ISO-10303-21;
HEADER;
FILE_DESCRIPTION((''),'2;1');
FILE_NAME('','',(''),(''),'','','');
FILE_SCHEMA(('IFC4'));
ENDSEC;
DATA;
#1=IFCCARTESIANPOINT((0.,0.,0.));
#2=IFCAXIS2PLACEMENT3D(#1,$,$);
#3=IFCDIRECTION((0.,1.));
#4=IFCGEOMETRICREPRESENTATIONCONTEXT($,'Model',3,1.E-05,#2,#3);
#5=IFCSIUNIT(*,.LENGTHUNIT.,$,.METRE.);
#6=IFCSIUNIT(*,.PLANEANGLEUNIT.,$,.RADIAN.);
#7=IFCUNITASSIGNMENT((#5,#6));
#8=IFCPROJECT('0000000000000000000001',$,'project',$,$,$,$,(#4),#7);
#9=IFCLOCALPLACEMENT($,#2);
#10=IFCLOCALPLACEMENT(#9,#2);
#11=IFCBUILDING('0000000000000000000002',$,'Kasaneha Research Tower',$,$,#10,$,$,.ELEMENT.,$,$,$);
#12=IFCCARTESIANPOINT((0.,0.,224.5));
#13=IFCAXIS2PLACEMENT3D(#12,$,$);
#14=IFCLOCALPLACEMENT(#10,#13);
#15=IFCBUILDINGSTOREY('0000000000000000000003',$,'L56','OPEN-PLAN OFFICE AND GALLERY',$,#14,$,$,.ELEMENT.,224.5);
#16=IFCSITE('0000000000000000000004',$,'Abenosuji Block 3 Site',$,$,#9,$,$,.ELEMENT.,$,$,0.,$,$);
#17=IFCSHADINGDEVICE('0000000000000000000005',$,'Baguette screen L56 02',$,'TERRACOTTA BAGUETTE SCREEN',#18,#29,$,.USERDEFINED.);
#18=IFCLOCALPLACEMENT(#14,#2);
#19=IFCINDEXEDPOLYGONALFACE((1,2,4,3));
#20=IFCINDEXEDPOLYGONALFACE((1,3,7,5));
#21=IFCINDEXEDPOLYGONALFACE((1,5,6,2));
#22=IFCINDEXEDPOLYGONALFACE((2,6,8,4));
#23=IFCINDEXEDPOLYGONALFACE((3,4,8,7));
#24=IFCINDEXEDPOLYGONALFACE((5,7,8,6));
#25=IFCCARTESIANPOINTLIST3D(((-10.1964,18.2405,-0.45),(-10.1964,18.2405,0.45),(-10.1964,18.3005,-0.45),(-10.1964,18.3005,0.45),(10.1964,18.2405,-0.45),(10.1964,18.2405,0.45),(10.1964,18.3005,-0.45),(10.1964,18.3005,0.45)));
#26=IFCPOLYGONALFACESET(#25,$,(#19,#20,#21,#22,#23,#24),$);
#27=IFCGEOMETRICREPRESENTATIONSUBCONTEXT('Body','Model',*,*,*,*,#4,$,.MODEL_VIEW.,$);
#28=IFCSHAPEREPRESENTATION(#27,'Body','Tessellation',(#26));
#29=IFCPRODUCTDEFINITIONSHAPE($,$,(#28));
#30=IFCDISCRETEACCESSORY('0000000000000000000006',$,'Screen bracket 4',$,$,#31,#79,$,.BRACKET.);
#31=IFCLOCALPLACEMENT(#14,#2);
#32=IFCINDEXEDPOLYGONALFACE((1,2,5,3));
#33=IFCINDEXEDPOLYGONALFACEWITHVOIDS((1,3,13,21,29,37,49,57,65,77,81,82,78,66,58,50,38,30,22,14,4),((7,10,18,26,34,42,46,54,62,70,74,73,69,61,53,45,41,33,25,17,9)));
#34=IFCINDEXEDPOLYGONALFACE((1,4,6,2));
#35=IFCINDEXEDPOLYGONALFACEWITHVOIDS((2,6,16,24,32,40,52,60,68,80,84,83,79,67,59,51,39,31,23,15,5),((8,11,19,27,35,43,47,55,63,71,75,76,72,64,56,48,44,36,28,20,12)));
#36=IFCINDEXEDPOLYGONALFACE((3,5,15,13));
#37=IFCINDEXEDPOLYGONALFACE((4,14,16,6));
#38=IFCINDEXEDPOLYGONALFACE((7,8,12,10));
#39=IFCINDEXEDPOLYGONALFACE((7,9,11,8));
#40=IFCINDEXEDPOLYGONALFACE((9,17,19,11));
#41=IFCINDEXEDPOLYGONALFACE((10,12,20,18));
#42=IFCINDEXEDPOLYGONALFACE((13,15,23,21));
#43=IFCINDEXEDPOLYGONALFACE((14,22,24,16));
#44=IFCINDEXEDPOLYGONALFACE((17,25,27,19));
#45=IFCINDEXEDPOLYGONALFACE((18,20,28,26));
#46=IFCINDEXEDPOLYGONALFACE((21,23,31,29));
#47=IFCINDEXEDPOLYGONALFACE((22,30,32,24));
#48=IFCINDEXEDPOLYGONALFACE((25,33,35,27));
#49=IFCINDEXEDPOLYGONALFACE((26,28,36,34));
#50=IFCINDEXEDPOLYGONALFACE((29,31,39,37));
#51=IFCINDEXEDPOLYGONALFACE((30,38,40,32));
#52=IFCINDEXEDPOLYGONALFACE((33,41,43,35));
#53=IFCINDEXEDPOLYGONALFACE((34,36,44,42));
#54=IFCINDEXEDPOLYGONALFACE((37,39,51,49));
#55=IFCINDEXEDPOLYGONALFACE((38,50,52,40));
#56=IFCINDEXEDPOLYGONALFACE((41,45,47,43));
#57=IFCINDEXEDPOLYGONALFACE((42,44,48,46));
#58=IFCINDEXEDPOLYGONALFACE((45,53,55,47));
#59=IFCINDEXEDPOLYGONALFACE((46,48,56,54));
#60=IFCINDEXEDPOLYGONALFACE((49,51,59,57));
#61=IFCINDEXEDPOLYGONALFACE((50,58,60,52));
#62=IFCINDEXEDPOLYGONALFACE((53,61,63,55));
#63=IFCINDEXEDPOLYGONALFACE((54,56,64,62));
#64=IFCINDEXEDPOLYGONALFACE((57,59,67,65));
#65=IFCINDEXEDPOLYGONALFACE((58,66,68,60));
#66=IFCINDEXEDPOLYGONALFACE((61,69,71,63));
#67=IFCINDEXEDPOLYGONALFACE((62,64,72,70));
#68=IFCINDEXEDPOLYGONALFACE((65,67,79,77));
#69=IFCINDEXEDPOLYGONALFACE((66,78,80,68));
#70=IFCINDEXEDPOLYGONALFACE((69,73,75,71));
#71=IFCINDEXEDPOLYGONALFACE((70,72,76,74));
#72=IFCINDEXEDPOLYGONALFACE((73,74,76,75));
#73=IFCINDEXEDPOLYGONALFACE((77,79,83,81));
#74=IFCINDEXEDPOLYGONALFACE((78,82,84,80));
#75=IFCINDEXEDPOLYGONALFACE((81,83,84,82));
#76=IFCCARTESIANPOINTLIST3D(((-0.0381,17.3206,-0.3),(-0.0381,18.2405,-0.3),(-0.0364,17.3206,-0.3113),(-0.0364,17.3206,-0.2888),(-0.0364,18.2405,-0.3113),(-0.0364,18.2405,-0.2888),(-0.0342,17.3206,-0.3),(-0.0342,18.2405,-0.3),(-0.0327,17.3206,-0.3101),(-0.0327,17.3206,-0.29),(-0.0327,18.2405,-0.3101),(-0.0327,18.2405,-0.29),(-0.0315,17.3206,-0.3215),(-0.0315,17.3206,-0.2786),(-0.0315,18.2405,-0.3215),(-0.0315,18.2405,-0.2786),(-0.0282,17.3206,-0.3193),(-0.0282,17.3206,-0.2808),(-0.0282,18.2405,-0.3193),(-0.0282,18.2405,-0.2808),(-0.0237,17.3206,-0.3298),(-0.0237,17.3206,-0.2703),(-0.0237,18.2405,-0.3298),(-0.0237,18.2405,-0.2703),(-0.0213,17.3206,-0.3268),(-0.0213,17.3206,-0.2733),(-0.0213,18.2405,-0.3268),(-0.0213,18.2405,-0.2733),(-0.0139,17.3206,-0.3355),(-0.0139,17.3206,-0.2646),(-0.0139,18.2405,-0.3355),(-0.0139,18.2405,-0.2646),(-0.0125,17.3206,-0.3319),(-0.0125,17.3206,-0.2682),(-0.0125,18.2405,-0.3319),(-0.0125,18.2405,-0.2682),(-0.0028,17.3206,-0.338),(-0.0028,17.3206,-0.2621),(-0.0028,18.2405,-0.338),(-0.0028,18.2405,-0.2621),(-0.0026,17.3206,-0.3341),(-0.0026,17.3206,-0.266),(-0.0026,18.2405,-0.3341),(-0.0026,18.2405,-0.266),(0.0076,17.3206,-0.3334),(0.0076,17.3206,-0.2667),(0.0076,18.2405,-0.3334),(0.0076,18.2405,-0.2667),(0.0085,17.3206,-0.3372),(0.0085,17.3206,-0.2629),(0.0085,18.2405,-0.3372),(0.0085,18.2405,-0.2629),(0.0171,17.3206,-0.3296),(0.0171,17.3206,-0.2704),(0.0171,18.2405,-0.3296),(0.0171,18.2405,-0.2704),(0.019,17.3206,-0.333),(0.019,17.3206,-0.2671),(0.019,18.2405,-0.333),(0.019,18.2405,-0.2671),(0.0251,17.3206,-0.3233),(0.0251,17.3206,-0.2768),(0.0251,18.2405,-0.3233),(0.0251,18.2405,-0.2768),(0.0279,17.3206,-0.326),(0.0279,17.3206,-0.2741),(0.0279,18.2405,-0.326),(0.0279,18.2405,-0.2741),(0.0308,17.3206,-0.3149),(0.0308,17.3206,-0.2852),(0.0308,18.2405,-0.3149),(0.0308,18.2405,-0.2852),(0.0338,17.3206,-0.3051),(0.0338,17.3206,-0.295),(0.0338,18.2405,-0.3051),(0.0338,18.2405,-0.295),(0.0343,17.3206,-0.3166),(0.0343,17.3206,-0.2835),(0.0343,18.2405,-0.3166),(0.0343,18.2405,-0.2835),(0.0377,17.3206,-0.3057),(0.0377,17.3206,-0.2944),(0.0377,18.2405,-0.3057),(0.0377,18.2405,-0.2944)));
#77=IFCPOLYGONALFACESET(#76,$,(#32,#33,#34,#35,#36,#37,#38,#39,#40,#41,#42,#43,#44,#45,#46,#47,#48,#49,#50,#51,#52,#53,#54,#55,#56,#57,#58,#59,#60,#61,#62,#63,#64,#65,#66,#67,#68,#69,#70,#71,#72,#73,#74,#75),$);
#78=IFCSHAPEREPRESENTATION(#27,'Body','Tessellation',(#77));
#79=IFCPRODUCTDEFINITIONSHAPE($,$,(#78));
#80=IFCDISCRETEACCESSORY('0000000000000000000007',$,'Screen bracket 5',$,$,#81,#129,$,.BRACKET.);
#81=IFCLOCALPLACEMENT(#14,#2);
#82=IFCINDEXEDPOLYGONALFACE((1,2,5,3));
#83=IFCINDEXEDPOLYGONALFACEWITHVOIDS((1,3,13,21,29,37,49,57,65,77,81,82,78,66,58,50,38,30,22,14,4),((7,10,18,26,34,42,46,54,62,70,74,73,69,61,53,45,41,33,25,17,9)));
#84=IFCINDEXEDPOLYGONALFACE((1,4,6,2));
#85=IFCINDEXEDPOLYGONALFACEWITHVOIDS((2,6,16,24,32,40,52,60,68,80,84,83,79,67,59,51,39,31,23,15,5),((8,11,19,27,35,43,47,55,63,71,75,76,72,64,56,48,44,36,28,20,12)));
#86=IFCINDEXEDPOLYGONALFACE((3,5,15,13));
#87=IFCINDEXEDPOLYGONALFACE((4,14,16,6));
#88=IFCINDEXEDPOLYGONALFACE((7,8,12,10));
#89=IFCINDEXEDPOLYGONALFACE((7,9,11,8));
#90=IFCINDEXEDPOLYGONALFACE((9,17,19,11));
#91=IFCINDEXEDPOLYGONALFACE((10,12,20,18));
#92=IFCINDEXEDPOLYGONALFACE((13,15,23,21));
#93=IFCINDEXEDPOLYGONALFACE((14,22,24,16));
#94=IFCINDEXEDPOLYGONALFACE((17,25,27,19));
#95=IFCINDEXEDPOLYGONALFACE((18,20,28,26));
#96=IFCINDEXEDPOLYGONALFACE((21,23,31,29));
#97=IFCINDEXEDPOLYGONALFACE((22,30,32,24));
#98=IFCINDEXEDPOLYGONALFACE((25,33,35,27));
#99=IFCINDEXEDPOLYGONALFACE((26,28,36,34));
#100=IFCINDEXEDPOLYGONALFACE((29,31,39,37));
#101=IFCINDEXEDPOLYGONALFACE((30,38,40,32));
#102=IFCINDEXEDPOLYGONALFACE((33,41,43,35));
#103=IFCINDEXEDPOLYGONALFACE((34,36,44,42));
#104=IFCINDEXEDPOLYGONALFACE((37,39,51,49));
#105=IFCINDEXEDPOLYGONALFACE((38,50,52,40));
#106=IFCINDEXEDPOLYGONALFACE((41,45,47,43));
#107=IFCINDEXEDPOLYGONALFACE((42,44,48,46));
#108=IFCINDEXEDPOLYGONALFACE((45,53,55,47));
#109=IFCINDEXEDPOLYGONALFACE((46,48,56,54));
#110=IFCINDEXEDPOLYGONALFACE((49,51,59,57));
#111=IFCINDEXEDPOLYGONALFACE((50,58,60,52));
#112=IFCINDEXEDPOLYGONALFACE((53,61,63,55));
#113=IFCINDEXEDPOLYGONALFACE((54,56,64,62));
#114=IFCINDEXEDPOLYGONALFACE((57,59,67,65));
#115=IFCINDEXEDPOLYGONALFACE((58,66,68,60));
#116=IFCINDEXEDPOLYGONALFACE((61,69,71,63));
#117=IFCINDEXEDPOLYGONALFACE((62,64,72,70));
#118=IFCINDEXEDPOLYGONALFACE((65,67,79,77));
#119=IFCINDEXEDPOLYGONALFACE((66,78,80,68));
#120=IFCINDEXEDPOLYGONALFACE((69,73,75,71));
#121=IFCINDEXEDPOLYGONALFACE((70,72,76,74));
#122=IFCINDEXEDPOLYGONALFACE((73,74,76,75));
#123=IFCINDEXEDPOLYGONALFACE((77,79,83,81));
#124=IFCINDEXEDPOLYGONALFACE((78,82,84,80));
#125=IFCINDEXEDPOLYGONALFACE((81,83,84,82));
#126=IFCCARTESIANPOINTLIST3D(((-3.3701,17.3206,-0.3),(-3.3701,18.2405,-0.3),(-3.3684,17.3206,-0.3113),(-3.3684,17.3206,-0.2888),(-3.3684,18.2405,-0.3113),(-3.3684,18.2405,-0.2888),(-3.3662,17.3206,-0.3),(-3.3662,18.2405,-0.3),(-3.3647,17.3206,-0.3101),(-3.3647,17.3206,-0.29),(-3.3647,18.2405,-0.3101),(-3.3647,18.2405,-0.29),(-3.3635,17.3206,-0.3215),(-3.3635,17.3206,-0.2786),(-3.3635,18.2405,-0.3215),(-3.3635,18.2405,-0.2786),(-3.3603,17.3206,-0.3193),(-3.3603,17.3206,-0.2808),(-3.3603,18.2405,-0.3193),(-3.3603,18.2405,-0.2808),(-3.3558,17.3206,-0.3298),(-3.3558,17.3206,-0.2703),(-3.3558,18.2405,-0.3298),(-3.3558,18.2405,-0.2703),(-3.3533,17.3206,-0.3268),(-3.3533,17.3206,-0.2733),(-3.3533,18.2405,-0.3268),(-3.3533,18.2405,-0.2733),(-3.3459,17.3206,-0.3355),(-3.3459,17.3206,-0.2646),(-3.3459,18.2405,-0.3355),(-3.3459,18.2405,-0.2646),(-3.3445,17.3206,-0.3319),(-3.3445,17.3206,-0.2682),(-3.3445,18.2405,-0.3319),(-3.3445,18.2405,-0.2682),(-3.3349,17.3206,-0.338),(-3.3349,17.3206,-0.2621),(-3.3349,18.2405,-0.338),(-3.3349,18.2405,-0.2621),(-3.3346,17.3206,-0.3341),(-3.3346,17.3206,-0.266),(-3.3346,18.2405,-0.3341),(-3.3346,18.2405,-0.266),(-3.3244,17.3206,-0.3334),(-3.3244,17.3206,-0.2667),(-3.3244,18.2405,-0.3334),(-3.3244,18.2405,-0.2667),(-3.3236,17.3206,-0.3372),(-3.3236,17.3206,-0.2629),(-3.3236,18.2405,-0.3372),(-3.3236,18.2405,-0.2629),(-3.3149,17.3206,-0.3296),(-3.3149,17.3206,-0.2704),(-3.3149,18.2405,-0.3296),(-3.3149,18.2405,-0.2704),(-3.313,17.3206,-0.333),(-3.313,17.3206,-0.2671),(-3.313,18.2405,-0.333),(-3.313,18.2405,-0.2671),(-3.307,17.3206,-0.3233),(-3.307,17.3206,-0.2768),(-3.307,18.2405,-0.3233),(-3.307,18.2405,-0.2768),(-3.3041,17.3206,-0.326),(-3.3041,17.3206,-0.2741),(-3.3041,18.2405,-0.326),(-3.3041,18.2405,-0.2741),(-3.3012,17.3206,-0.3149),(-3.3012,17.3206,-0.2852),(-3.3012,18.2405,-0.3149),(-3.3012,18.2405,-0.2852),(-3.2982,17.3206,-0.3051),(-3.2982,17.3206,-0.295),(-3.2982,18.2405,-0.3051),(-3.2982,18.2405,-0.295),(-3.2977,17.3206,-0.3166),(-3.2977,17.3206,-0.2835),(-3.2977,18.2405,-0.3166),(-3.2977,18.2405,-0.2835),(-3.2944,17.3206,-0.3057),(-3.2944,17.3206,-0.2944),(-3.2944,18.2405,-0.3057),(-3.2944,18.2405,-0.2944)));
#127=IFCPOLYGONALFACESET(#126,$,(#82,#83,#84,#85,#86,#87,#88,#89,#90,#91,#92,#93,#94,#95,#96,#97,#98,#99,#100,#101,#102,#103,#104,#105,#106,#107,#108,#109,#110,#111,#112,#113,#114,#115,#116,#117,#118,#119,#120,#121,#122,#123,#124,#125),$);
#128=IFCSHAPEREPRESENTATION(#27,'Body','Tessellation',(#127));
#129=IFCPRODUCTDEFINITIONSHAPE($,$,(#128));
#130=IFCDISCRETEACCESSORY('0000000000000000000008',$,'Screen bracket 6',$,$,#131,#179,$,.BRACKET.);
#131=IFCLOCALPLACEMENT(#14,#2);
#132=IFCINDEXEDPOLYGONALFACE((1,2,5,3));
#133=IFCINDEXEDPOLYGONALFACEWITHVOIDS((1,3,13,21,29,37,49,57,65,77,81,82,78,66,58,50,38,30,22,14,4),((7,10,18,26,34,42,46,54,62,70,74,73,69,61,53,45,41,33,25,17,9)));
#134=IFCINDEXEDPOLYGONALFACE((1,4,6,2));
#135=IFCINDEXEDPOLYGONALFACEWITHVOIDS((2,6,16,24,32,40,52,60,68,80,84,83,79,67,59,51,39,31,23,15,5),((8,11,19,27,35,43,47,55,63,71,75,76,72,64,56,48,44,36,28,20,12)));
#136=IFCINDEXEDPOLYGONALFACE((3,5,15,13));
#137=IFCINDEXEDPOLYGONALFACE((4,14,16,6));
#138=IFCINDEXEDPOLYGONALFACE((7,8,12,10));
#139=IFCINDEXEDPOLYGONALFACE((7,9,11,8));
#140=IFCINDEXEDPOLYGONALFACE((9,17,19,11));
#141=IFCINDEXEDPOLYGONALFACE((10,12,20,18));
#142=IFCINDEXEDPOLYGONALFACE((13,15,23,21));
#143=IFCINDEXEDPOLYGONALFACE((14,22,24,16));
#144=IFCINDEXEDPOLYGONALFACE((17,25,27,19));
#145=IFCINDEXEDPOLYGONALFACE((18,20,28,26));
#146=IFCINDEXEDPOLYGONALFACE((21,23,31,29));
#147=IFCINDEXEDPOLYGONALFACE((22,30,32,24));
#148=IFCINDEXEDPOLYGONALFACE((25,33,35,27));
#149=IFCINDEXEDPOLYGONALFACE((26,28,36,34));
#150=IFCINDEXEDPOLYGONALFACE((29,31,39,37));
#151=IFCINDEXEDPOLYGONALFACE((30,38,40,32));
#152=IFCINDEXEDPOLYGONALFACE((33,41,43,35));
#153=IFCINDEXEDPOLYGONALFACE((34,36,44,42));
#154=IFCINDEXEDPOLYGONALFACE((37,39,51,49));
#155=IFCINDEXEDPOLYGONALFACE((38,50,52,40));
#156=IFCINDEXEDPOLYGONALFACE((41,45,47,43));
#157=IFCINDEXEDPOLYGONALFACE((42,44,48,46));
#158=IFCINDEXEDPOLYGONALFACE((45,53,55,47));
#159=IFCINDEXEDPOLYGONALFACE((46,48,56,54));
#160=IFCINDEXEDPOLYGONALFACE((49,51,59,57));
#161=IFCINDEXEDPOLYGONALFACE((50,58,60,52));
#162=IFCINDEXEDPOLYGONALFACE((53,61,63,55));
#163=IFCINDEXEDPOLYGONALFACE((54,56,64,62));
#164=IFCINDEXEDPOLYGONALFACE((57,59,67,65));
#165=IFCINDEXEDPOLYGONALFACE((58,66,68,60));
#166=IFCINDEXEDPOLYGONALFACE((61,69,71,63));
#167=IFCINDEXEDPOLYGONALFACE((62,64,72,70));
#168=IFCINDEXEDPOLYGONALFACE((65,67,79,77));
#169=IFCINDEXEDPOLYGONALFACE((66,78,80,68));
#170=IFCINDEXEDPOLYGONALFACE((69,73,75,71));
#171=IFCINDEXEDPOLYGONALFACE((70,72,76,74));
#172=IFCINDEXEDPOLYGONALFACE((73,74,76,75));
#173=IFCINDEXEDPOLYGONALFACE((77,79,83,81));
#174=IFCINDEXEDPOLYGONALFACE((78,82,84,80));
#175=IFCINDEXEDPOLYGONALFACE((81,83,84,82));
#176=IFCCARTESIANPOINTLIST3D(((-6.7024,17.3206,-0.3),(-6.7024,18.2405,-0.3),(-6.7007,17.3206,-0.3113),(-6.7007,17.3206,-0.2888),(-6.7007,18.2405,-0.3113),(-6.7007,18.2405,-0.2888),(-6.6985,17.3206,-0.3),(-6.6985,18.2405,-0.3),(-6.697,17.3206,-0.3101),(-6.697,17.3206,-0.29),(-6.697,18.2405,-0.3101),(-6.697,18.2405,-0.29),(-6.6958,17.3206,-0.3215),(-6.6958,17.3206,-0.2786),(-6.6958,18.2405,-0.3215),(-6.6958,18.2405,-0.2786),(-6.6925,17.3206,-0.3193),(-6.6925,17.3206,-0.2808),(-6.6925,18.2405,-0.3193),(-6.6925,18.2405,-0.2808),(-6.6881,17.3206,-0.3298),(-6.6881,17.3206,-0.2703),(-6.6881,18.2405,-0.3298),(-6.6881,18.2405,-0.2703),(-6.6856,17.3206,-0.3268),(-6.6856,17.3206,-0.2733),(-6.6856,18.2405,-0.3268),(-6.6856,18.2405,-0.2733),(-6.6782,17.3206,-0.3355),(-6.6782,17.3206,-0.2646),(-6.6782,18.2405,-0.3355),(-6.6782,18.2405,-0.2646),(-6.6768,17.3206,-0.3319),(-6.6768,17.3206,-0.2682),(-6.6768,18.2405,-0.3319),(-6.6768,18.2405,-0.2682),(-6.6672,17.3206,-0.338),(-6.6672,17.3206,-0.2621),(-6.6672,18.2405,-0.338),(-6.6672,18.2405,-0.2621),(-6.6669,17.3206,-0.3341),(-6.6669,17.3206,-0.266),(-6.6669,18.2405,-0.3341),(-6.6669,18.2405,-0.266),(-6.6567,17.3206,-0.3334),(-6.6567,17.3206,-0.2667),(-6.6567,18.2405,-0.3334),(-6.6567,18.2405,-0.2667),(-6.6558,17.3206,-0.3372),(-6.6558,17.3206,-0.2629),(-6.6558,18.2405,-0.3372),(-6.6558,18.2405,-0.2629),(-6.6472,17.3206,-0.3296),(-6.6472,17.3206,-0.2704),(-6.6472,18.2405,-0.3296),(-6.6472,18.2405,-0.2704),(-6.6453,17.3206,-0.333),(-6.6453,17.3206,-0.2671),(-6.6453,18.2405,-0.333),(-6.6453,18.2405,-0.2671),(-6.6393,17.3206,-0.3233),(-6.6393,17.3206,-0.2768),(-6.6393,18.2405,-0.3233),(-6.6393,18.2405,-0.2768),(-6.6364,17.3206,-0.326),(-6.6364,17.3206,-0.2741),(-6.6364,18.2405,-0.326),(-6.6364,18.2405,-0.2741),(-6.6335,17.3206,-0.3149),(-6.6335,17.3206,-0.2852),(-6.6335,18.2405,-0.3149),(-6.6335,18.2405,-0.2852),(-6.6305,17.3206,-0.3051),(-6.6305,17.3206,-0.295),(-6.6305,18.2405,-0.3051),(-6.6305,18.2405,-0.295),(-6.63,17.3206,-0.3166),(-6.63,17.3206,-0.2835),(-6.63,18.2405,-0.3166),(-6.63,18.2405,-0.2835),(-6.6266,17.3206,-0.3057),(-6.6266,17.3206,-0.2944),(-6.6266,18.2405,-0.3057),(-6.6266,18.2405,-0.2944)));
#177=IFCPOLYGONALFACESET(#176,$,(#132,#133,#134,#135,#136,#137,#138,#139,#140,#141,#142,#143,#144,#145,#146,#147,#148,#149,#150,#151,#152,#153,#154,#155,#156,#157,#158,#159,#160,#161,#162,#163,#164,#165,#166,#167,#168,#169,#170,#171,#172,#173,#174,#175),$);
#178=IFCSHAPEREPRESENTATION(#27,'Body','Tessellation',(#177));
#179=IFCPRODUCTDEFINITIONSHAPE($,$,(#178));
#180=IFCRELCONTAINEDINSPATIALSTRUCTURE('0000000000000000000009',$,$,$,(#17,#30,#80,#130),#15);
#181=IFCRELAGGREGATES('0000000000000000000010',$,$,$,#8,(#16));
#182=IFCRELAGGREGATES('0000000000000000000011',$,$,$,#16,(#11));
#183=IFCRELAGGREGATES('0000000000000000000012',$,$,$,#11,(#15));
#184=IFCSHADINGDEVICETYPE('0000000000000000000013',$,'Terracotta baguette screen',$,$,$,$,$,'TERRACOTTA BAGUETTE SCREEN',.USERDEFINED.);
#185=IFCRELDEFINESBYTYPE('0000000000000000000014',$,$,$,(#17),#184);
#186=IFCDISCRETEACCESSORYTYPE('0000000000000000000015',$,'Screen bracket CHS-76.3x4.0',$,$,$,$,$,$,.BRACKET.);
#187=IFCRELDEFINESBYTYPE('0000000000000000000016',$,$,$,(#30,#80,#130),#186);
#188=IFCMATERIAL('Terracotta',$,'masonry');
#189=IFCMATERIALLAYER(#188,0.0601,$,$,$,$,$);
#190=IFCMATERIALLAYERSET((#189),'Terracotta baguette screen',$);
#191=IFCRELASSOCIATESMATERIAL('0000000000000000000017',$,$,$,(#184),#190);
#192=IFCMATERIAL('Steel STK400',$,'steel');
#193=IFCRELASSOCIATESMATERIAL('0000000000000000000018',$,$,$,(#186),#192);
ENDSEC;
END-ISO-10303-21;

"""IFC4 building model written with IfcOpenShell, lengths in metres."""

from ifc_helpers import new_model, si_unit, direction, frame, origin, origin_2d, place, context, subcontext, project, spatial, rectangle, hollow_circle, extrude, material, layer, layer_set, material_profile, profile_set, type_object, element, save


model = new_model("IFC4")

# Units and contexts
model_context = context("Model", 3, precision=1e-05, world=origin(), true_north=direction((0.0, 1.0)))
body_context = subcontext(model_context, "Body", "Model", "MODEL_VIEW")
ifc_project = project(units=[si_unit("LENGTHUNIT", "METRE"), si_unit("PLANEANGLEUNIT", "RADIAN")], contexts=[model_context])

# Site, building, storey
site_placement = place(None, origin())
site = spatial("IfcSite", under=ifc_project, at=site_placement, Name="Abenosuji Block 3 Site", CompositionType="ELEMENT", RefElevation=0.0)
building_placement = place(site_placement, origin())
building = spatial("IfcBuilding", under=site, at=building_placement, Name="Kasaneha Research Tower", CompositionType="ELEMENT")
storey_placement = place(building_placement, frame((0.0, 0.0, 224.5)))
storey = spatial("IfcBuildingStorey", under=building, at=storey_placement, Name="L56", Description="OPEN-PLAN OFFICE AND GALLERY", CompositionType="ELEMENT", Elevation=224.5)

# Shading device
ifc_material_1 = material(Name="Terracotta", Category="masonry")
ifc_layer_1 = layer(ifc_material_1, 0.0601)
ifc_layer_set_1 = layer_set([ifc_layer_1], Name="Terracotta baguette screen")
shading_device_type = type_object("IfcShadingDeviceType", Name="Terracotta baguette screen", ElementType="TERRACOTTA BAGUETTE SCREEN", PredefinedType="USERDEFINED", material=ifc_layer_set_1)
shading_device_placement = place(storey_placement, frame((0.0, 18.2705, -0.45), z_axis=(0.0, 0.0, 1.0), x_axis=(-1.0, 0.0, 0.0)))
element("IfcShadingDevice", 1, at=shading_device_placement, inside=storey, type_object=shading_device_type, Name="Baguette screen L56 02", ObjectType="TERRACOTTA BAGUETTE SCREEN", PredefinedType="USERDEFINED", context=body_context, shape_type="SweptSolid", body=[
    extrude(rectangle(XDim=20.3928, YDim=0.0601, at=origin_2d()), origin(), (0.0, 0.0, 1.0), 0.8999),
])

# Discrete accessories
ifc_material_2 = material(Name="Steel STK400", Category="steel")
ifc_material_profile_1 = material_profile(ifc_material_2, hollow_circle(Radius=0.0381, WallThickness=0.0039, at=origin_2d()), Name="CHS-76.3x4.0")
ifc_profile_set_1 = profile_set([ifc_material_profile_1], Name="Steel STK400")
discrete_accessory_type = type_object("IfcDiscreteAccessoryType", Name="Screen bracket CHS-76.3x4.0", PredefinedType="BRACKET", material=ifc_profile_set_1)
for number, where, z_axis, x_axis, name in (
    (2, (0.0, 17.3206, -0.3), (0.0, 1.0, 0.0), (-1.0, 0.0, 0.0), "Screen bracket 4"),
    (3, (-3.332, 17.3206, -0.3), (0.0, 1.0, 0.0), (-1.0, 0.0, 0.0), "Screen bracket 5"),
    (4, (-6.6643, 17.3206, -0.3), (0.0, 1.0, 0.0), (-1.0, 0.0, 0.0), "Screen bracket 6"),
):
    element("IfcDiscreteAccessory", number, at=place(storey_placement, frame(where, z_axis=z_axis, x_axis=x_axis)), inside=storey, type_object=discrete_accessory_type, Name=name, PredefinedType="BRACKET", context=body_context, shape_type="SweptSolid", body=[
        extrude(hollow_circle(Radius=0.0381, WallThickness=0.0039, at=origin_2d()), origin(), (0.0, 0.0, 1.0), 0.9199),
    ])

save(model, "model.ifc")
